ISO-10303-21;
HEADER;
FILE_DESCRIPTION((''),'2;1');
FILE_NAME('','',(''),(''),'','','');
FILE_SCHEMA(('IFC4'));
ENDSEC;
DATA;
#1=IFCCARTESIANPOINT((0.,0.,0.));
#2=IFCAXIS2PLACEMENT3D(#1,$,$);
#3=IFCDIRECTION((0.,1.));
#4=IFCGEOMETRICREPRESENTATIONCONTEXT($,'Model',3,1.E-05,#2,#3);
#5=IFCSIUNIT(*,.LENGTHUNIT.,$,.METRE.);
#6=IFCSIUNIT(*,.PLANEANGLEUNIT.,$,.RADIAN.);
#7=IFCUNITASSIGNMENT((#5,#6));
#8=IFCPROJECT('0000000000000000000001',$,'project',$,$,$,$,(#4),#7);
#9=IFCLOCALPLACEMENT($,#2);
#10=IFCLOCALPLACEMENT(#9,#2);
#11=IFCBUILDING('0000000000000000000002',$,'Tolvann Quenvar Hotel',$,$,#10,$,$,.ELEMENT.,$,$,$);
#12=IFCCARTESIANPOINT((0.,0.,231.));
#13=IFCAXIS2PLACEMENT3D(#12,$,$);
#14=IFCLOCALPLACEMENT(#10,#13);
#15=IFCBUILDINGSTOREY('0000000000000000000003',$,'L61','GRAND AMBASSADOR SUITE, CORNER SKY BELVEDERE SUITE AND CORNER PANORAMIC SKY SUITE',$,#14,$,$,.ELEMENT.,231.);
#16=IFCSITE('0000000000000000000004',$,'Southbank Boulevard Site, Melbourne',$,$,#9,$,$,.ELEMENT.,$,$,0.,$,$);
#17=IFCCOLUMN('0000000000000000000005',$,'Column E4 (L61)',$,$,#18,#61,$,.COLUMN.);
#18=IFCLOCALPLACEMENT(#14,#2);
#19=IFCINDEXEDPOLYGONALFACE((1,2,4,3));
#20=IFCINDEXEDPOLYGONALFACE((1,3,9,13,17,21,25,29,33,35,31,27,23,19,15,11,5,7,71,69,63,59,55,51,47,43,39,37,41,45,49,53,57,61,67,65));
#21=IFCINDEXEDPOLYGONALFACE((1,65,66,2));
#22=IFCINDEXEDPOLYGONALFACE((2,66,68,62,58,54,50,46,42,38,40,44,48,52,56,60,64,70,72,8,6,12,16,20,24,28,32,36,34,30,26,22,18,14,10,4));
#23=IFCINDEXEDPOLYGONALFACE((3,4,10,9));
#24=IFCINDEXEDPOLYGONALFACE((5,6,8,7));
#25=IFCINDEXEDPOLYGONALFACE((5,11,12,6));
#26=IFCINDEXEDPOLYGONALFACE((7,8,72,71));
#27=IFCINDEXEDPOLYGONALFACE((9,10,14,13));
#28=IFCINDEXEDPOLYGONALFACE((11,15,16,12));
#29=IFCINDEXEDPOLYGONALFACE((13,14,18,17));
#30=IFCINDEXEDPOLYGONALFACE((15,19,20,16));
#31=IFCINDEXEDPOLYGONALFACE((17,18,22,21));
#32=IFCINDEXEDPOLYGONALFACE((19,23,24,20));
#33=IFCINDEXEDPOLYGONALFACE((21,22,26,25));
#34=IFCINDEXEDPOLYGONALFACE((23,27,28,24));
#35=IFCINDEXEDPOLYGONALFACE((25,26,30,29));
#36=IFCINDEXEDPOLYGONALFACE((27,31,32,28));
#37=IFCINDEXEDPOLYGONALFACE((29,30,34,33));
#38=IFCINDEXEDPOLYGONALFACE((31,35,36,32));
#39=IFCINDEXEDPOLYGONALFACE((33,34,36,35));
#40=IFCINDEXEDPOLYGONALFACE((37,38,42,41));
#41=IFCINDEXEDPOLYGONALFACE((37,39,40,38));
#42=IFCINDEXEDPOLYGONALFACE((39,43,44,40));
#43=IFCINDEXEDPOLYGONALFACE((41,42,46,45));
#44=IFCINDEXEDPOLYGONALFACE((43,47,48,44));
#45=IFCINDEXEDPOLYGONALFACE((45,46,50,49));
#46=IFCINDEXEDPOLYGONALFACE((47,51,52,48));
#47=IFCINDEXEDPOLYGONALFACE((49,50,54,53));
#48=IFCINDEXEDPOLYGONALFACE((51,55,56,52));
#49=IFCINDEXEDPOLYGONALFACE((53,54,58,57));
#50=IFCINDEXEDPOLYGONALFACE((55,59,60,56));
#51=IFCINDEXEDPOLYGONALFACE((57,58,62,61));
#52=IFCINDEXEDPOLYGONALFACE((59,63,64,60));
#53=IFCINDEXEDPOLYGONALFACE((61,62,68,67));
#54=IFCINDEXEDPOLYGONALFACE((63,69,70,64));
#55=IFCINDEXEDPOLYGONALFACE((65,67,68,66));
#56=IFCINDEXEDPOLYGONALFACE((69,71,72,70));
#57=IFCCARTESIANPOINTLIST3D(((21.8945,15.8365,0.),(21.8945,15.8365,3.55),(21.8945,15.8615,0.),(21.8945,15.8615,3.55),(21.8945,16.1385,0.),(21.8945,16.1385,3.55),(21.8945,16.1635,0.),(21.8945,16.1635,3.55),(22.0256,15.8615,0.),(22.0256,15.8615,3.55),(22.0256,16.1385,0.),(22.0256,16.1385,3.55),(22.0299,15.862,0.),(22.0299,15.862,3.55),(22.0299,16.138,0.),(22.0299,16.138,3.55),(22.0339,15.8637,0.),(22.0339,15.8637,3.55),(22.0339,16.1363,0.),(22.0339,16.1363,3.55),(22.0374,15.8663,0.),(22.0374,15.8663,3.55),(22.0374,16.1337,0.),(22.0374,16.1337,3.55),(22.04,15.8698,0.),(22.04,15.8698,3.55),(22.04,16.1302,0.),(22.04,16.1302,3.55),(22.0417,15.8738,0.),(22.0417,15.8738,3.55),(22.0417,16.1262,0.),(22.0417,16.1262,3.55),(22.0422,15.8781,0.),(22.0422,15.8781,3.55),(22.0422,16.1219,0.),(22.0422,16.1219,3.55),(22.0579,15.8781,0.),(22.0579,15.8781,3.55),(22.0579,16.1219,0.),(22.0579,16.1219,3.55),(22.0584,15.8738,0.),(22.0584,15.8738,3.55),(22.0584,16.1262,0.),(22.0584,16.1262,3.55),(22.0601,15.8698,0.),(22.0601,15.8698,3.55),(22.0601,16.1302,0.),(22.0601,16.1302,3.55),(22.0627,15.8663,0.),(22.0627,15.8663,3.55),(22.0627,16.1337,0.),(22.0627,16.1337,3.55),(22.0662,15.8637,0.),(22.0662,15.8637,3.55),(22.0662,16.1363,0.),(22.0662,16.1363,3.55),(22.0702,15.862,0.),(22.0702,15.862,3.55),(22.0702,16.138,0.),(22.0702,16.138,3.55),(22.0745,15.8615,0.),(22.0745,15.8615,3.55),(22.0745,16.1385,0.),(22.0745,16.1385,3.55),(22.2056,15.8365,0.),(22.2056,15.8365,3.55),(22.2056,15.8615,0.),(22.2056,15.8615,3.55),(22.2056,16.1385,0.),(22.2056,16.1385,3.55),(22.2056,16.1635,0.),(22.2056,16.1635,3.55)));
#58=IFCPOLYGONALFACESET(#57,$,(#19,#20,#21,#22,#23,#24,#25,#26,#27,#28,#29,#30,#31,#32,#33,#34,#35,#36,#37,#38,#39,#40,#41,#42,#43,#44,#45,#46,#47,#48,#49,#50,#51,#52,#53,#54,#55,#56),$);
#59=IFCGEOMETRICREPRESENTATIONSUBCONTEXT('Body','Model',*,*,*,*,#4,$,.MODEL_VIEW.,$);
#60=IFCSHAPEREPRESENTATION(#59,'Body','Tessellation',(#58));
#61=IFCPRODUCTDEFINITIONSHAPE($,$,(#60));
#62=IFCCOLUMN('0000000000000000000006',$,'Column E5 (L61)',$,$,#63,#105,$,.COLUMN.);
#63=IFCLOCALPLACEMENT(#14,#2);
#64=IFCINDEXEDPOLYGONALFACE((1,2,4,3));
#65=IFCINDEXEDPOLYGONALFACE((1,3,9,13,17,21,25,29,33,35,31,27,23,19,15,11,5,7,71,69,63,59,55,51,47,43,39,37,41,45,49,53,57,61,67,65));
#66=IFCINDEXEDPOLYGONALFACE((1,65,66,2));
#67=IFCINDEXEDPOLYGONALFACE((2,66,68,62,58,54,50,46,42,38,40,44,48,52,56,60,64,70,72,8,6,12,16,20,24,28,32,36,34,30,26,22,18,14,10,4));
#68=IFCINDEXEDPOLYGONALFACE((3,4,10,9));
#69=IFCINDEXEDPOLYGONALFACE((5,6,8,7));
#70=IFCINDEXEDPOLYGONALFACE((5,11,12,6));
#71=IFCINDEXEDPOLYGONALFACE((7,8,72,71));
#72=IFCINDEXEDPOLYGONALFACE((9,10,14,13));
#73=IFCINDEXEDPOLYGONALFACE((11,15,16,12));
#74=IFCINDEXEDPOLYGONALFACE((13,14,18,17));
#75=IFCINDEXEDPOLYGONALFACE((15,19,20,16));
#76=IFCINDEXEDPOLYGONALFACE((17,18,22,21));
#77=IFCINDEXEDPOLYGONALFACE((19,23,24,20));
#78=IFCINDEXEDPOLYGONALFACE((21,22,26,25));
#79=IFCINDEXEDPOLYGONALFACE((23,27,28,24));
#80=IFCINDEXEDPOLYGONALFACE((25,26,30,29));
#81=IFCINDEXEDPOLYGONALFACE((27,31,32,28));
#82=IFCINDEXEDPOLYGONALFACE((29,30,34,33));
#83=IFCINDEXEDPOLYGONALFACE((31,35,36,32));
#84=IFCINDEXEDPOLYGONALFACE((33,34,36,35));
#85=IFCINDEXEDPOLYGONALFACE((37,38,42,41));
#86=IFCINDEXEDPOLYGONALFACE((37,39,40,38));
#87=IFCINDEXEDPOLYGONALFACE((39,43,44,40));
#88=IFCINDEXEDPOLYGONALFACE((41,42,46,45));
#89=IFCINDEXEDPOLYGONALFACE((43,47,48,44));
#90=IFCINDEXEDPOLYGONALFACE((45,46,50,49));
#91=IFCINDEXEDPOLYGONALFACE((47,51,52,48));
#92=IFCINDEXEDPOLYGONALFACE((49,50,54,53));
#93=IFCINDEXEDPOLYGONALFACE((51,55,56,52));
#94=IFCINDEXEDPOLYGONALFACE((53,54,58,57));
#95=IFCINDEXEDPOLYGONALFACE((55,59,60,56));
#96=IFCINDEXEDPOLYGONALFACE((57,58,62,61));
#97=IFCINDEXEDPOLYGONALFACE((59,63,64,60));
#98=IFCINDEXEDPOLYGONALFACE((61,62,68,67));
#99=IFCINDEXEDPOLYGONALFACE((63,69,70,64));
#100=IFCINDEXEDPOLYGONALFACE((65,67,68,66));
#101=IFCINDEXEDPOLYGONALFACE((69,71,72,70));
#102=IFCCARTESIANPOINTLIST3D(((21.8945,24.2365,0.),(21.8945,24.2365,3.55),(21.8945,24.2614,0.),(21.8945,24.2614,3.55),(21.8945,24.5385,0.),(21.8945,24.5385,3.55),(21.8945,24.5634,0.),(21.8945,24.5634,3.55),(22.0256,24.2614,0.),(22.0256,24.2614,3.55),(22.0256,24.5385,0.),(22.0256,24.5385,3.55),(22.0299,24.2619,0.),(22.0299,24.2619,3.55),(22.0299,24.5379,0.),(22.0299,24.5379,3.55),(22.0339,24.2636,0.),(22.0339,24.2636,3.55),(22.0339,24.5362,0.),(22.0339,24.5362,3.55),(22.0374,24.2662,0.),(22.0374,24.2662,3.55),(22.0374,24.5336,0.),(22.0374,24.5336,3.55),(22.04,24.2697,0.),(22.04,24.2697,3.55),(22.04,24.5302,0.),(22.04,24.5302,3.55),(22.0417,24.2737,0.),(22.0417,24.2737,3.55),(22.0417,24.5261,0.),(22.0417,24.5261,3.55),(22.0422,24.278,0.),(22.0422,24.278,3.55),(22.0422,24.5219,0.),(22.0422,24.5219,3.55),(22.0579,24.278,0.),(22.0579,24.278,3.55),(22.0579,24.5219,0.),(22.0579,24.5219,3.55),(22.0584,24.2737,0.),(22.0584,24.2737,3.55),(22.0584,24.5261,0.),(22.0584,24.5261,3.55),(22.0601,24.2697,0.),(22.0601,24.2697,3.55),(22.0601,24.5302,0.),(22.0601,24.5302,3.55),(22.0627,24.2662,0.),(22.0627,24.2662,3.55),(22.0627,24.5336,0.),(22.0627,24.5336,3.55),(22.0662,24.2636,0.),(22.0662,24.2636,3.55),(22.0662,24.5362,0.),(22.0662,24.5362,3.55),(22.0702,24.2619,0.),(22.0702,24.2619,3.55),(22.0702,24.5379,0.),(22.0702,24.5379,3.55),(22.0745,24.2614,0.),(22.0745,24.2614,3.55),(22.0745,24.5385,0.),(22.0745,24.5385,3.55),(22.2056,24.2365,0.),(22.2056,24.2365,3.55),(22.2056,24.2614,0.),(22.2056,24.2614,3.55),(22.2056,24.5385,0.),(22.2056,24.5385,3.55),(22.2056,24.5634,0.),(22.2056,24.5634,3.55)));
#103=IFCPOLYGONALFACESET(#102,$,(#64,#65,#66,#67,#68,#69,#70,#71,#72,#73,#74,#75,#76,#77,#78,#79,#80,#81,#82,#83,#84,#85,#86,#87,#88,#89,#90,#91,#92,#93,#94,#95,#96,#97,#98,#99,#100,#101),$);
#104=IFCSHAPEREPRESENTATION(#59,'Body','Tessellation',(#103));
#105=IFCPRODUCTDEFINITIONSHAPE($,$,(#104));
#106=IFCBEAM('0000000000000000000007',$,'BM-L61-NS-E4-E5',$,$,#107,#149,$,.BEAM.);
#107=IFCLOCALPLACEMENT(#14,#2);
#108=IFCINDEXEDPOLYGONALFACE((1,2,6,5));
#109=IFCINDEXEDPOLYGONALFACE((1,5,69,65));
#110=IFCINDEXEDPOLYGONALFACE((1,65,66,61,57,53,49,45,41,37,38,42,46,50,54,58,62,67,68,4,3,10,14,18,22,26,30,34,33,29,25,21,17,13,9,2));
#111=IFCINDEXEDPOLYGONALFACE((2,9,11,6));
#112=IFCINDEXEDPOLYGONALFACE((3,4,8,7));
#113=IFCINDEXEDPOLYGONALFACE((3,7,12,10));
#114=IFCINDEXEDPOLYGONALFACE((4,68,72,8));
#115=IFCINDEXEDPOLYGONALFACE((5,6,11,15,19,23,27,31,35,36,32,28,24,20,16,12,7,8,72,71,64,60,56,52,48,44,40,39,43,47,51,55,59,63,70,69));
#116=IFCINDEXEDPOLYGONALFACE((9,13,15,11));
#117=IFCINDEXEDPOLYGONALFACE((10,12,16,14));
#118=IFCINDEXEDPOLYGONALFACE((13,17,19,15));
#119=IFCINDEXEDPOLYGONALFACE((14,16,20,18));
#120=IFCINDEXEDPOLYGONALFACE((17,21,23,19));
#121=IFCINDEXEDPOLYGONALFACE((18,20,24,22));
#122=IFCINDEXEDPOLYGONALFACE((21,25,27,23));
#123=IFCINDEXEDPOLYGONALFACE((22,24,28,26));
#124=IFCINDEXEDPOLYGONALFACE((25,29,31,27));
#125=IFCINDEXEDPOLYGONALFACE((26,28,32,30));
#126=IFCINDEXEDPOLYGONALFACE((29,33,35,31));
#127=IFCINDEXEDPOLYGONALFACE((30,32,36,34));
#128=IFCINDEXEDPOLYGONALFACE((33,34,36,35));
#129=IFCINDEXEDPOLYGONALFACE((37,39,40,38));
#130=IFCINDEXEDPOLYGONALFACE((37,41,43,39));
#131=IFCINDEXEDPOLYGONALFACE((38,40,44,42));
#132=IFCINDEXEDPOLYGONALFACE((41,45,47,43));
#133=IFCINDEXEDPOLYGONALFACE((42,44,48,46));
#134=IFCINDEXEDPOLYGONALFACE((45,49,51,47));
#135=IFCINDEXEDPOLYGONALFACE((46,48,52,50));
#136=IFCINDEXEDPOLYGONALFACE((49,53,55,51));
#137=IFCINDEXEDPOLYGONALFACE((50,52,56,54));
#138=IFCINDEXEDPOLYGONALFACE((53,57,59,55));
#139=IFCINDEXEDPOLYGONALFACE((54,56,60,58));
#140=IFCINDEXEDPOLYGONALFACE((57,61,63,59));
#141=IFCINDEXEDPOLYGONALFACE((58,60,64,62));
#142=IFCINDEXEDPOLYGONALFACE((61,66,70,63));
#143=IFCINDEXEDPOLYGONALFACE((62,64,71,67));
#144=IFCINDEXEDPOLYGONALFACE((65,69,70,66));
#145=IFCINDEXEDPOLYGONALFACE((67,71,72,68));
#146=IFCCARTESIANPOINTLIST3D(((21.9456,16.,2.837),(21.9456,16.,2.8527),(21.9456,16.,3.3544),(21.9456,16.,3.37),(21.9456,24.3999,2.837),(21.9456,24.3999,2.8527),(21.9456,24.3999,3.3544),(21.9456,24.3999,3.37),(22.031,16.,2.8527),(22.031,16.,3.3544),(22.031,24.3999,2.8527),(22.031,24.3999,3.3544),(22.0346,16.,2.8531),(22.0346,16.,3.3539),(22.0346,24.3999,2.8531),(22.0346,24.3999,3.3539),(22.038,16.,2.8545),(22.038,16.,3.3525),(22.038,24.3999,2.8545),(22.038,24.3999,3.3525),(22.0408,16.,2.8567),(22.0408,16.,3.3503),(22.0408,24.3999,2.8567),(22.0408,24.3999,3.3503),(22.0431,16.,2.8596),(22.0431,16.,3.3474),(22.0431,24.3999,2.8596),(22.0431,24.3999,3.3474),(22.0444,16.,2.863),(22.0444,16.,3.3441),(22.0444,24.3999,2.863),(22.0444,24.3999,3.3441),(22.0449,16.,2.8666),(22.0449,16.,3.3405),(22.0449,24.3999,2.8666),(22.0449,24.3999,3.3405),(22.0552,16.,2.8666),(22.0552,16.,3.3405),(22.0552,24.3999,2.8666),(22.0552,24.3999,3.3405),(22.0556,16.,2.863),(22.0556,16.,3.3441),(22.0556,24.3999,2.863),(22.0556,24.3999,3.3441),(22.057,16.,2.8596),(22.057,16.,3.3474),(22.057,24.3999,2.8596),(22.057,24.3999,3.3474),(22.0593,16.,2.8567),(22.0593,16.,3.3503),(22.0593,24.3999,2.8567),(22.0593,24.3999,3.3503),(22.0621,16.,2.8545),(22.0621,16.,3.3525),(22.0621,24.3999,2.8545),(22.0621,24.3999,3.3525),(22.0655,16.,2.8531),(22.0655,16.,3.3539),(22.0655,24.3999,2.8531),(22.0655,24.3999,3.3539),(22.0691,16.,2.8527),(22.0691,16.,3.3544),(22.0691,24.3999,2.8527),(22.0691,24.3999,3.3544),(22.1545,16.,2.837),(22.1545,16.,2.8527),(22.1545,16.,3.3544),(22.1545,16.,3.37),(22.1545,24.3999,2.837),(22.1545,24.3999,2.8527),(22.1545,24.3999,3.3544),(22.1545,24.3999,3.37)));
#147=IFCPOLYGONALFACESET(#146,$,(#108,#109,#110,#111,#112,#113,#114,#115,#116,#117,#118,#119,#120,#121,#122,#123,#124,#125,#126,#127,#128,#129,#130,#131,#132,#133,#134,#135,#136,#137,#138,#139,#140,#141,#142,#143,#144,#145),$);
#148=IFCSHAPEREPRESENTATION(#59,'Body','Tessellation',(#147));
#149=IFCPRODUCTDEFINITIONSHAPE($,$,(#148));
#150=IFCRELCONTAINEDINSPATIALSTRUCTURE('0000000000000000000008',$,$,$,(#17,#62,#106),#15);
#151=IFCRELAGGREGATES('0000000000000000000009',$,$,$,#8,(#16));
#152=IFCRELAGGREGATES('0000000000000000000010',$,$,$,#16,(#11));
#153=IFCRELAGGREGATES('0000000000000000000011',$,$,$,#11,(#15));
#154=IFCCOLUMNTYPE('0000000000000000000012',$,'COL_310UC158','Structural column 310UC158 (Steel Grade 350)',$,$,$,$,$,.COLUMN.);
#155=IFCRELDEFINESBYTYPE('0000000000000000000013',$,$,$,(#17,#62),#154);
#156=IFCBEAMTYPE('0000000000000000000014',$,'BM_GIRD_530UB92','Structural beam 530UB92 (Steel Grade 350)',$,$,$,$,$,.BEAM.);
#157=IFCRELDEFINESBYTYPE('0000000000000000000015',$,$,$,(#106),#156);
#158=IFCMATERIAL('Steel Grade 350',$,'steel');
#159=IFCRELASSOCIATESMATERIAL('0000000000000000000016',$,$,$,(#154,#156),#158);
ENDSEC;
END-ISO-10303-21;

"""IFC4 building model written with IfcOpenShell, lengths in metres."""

from ifc_helpers import new_model, si_unit, direction, frame, origin, origin_2d, place, context, subcontext, project, spatial, i_section, extrude, source, transform, mapped, material, material_profile, profile_set, type_object, type_shapes, element, save


model = new_model("IFC4")

# Units and contexts
model_context = context("Model", 3, precision=1e-05, world=origin(), true_north=direction((0.0, 1.0)))
body_context = subcontext(model_context, "Body", "Model", "MODEL_VIEW")
ifc_project = project(units=[si_unit("LENGTHUNIT", "METRE"), si_unit("PLANEANGLEUNIT", "RADIAN")], contexts=[model_context])

# Site, building, storey
site_placement = place(None, origin())
site = spatial("IfcSite", under=ifc_project, at=site_placement, Name="Southbank Boulevard Site, Melbourne", CompositionType="ELEMENT", RefElevation=0.0)
building_placement = place(site_placement, origin())
building = spatial("IfcBuilding", under=site, at=building_placement, Name="Tolvann Quenvar Hotel", CompositionType="ELEMENT")
storey_placement = place(building_placement, frame((0.0, 0.0, 231.0)))
storey = spatial("IfcBuildingStorey", under=building, at=storey_placement, Name="L61", Description="GRAND AMBASSADOR SUITE, CORNER SKY BELVEDERE SUITE AND CORNER PANORAMIC SKY SUITE", CompositionType="ELEMENT", Elevation=231.0)

# Columns
ifc_material_1 = material(Name="Steel Grade 350", Category="steel")
ifc_material_profile_1 = material_profile(ifc_material_1, i_section(OverallWidth=0.311, OverallDepth=0.3269, WebThickness=0.0156, FlangeThickness=0.0249, FilletRadius=0.0166, at=origin_2d()), Name="310UC158")
ifc_profile_set_1 = profile_set([ifc_material_profile_1], Name="Steel Grade 350")
column_type = type_object("IfcColumnType", Name="COL_310UC158", Description="Structural column 310UC158 (Steel Grade 350)", PredefinedType="COLUMN", material=ifc_profile_set_1)
shared_shape_1 = source(origin(), body_context, "Body", "SweptSolid", [
    extrude(i_section(OverallWidth=0.311, OverallDepth=0.3269, WebThickness=0.0156, FlangeThickness=0.0249, FilletRadius=0.0166, at=origin_2d()), origin(), (0.0, 0.0, 1.0), 3.55),
])
type_shapes(column_type, [shared_shape_1])
for number, where, z_axis, x_axis, name in (
    (1, (22.05, 16.0, 0.0), (0.0, 0.0, 1.0), (1.0, 0.0, 0.0), "Column E4 (L61)"),
    (2, (22.05, 24.3999, 0.0), (0.0, 0.0, 1.0), (1.0, 0.0, 0.0), "Column E5 (L61)"),
):
    element("IfcColumn", number, at=place(storey_placement, frame(where, z_axis=z_axis, x_axis=x_axis)), inside=storey, type_object=column_type, Name=name, PredefinedType="COLUMN", context=body_context, shape_type="MappedRepresentation", body=[
        mapped(shared_shape_1, transform((0.0, 0.0, 0.0), x_axis=(1.0, 0.0, 0.0), y_axis=(0.0, 1.0, 0.0), z_axis=(0.0, 0.0, 1.0), scale=1.0)),
    ])

# Beam
ifc_material_profile_2 = material_profile(ifc_material_1, i_section(OverallWidth=0.209, OverallDepth=0.533, WebThickness=0.0103, FlangeThickness=0.0156, FilletRadius=0.0139, at=origin_2d()), Name="530UB92")
ifc_profile_set_2 = profile_set([ifc_material_profile_2], Name="Steel Grade 350")
beam_type_1 = type_object("IfcBeamType", Name="BM_GIRD_530UB92", Description="Structural beam 530UB92 (Steel Grade 350)", PredefinedType="BEAM", material=ifc_profile_set_2)
shared_shape_2 = source(origin(), body_context, "Body", "SweptSolid", [
    extrude(i_section(OverallWidth=0.209, OverallDepth=0.533, WebThickness=0.0103, FlangeThickness=0.0156, FilletRadius=0.0139, at=origin_2d()), origin(), (0.0, 0.0, 1.0), 8.3999),
])
type_shapes(beam_type_1, [shared_shape_2])
beam_1_placement = place(storey_placement, frame((22.05, 16.0, 3.1035), z_axis=(0.0, 1.0, 0.0), x_axis=(-1.0, 0.0, 0.0)))
element("IfcBeam", 3, at=beam_1_placement, inside=storey, type_object=beam_type_1, Name="BM-L61-NS-E4-E5", PredefinedType="BEAM", context=body_context, shape_type="MappedRepresentation", body=[
    mapped(shared_shape_2, transform((0.0, 0.0, 0.0), x_axis=(1.0, 0.0, 0.0), y_axis=(0.0, 1.0, 0.0), z_axis=(0.0, 0.0, 1.0), scale=1.0)),
])

save(model, "model.ifc")
